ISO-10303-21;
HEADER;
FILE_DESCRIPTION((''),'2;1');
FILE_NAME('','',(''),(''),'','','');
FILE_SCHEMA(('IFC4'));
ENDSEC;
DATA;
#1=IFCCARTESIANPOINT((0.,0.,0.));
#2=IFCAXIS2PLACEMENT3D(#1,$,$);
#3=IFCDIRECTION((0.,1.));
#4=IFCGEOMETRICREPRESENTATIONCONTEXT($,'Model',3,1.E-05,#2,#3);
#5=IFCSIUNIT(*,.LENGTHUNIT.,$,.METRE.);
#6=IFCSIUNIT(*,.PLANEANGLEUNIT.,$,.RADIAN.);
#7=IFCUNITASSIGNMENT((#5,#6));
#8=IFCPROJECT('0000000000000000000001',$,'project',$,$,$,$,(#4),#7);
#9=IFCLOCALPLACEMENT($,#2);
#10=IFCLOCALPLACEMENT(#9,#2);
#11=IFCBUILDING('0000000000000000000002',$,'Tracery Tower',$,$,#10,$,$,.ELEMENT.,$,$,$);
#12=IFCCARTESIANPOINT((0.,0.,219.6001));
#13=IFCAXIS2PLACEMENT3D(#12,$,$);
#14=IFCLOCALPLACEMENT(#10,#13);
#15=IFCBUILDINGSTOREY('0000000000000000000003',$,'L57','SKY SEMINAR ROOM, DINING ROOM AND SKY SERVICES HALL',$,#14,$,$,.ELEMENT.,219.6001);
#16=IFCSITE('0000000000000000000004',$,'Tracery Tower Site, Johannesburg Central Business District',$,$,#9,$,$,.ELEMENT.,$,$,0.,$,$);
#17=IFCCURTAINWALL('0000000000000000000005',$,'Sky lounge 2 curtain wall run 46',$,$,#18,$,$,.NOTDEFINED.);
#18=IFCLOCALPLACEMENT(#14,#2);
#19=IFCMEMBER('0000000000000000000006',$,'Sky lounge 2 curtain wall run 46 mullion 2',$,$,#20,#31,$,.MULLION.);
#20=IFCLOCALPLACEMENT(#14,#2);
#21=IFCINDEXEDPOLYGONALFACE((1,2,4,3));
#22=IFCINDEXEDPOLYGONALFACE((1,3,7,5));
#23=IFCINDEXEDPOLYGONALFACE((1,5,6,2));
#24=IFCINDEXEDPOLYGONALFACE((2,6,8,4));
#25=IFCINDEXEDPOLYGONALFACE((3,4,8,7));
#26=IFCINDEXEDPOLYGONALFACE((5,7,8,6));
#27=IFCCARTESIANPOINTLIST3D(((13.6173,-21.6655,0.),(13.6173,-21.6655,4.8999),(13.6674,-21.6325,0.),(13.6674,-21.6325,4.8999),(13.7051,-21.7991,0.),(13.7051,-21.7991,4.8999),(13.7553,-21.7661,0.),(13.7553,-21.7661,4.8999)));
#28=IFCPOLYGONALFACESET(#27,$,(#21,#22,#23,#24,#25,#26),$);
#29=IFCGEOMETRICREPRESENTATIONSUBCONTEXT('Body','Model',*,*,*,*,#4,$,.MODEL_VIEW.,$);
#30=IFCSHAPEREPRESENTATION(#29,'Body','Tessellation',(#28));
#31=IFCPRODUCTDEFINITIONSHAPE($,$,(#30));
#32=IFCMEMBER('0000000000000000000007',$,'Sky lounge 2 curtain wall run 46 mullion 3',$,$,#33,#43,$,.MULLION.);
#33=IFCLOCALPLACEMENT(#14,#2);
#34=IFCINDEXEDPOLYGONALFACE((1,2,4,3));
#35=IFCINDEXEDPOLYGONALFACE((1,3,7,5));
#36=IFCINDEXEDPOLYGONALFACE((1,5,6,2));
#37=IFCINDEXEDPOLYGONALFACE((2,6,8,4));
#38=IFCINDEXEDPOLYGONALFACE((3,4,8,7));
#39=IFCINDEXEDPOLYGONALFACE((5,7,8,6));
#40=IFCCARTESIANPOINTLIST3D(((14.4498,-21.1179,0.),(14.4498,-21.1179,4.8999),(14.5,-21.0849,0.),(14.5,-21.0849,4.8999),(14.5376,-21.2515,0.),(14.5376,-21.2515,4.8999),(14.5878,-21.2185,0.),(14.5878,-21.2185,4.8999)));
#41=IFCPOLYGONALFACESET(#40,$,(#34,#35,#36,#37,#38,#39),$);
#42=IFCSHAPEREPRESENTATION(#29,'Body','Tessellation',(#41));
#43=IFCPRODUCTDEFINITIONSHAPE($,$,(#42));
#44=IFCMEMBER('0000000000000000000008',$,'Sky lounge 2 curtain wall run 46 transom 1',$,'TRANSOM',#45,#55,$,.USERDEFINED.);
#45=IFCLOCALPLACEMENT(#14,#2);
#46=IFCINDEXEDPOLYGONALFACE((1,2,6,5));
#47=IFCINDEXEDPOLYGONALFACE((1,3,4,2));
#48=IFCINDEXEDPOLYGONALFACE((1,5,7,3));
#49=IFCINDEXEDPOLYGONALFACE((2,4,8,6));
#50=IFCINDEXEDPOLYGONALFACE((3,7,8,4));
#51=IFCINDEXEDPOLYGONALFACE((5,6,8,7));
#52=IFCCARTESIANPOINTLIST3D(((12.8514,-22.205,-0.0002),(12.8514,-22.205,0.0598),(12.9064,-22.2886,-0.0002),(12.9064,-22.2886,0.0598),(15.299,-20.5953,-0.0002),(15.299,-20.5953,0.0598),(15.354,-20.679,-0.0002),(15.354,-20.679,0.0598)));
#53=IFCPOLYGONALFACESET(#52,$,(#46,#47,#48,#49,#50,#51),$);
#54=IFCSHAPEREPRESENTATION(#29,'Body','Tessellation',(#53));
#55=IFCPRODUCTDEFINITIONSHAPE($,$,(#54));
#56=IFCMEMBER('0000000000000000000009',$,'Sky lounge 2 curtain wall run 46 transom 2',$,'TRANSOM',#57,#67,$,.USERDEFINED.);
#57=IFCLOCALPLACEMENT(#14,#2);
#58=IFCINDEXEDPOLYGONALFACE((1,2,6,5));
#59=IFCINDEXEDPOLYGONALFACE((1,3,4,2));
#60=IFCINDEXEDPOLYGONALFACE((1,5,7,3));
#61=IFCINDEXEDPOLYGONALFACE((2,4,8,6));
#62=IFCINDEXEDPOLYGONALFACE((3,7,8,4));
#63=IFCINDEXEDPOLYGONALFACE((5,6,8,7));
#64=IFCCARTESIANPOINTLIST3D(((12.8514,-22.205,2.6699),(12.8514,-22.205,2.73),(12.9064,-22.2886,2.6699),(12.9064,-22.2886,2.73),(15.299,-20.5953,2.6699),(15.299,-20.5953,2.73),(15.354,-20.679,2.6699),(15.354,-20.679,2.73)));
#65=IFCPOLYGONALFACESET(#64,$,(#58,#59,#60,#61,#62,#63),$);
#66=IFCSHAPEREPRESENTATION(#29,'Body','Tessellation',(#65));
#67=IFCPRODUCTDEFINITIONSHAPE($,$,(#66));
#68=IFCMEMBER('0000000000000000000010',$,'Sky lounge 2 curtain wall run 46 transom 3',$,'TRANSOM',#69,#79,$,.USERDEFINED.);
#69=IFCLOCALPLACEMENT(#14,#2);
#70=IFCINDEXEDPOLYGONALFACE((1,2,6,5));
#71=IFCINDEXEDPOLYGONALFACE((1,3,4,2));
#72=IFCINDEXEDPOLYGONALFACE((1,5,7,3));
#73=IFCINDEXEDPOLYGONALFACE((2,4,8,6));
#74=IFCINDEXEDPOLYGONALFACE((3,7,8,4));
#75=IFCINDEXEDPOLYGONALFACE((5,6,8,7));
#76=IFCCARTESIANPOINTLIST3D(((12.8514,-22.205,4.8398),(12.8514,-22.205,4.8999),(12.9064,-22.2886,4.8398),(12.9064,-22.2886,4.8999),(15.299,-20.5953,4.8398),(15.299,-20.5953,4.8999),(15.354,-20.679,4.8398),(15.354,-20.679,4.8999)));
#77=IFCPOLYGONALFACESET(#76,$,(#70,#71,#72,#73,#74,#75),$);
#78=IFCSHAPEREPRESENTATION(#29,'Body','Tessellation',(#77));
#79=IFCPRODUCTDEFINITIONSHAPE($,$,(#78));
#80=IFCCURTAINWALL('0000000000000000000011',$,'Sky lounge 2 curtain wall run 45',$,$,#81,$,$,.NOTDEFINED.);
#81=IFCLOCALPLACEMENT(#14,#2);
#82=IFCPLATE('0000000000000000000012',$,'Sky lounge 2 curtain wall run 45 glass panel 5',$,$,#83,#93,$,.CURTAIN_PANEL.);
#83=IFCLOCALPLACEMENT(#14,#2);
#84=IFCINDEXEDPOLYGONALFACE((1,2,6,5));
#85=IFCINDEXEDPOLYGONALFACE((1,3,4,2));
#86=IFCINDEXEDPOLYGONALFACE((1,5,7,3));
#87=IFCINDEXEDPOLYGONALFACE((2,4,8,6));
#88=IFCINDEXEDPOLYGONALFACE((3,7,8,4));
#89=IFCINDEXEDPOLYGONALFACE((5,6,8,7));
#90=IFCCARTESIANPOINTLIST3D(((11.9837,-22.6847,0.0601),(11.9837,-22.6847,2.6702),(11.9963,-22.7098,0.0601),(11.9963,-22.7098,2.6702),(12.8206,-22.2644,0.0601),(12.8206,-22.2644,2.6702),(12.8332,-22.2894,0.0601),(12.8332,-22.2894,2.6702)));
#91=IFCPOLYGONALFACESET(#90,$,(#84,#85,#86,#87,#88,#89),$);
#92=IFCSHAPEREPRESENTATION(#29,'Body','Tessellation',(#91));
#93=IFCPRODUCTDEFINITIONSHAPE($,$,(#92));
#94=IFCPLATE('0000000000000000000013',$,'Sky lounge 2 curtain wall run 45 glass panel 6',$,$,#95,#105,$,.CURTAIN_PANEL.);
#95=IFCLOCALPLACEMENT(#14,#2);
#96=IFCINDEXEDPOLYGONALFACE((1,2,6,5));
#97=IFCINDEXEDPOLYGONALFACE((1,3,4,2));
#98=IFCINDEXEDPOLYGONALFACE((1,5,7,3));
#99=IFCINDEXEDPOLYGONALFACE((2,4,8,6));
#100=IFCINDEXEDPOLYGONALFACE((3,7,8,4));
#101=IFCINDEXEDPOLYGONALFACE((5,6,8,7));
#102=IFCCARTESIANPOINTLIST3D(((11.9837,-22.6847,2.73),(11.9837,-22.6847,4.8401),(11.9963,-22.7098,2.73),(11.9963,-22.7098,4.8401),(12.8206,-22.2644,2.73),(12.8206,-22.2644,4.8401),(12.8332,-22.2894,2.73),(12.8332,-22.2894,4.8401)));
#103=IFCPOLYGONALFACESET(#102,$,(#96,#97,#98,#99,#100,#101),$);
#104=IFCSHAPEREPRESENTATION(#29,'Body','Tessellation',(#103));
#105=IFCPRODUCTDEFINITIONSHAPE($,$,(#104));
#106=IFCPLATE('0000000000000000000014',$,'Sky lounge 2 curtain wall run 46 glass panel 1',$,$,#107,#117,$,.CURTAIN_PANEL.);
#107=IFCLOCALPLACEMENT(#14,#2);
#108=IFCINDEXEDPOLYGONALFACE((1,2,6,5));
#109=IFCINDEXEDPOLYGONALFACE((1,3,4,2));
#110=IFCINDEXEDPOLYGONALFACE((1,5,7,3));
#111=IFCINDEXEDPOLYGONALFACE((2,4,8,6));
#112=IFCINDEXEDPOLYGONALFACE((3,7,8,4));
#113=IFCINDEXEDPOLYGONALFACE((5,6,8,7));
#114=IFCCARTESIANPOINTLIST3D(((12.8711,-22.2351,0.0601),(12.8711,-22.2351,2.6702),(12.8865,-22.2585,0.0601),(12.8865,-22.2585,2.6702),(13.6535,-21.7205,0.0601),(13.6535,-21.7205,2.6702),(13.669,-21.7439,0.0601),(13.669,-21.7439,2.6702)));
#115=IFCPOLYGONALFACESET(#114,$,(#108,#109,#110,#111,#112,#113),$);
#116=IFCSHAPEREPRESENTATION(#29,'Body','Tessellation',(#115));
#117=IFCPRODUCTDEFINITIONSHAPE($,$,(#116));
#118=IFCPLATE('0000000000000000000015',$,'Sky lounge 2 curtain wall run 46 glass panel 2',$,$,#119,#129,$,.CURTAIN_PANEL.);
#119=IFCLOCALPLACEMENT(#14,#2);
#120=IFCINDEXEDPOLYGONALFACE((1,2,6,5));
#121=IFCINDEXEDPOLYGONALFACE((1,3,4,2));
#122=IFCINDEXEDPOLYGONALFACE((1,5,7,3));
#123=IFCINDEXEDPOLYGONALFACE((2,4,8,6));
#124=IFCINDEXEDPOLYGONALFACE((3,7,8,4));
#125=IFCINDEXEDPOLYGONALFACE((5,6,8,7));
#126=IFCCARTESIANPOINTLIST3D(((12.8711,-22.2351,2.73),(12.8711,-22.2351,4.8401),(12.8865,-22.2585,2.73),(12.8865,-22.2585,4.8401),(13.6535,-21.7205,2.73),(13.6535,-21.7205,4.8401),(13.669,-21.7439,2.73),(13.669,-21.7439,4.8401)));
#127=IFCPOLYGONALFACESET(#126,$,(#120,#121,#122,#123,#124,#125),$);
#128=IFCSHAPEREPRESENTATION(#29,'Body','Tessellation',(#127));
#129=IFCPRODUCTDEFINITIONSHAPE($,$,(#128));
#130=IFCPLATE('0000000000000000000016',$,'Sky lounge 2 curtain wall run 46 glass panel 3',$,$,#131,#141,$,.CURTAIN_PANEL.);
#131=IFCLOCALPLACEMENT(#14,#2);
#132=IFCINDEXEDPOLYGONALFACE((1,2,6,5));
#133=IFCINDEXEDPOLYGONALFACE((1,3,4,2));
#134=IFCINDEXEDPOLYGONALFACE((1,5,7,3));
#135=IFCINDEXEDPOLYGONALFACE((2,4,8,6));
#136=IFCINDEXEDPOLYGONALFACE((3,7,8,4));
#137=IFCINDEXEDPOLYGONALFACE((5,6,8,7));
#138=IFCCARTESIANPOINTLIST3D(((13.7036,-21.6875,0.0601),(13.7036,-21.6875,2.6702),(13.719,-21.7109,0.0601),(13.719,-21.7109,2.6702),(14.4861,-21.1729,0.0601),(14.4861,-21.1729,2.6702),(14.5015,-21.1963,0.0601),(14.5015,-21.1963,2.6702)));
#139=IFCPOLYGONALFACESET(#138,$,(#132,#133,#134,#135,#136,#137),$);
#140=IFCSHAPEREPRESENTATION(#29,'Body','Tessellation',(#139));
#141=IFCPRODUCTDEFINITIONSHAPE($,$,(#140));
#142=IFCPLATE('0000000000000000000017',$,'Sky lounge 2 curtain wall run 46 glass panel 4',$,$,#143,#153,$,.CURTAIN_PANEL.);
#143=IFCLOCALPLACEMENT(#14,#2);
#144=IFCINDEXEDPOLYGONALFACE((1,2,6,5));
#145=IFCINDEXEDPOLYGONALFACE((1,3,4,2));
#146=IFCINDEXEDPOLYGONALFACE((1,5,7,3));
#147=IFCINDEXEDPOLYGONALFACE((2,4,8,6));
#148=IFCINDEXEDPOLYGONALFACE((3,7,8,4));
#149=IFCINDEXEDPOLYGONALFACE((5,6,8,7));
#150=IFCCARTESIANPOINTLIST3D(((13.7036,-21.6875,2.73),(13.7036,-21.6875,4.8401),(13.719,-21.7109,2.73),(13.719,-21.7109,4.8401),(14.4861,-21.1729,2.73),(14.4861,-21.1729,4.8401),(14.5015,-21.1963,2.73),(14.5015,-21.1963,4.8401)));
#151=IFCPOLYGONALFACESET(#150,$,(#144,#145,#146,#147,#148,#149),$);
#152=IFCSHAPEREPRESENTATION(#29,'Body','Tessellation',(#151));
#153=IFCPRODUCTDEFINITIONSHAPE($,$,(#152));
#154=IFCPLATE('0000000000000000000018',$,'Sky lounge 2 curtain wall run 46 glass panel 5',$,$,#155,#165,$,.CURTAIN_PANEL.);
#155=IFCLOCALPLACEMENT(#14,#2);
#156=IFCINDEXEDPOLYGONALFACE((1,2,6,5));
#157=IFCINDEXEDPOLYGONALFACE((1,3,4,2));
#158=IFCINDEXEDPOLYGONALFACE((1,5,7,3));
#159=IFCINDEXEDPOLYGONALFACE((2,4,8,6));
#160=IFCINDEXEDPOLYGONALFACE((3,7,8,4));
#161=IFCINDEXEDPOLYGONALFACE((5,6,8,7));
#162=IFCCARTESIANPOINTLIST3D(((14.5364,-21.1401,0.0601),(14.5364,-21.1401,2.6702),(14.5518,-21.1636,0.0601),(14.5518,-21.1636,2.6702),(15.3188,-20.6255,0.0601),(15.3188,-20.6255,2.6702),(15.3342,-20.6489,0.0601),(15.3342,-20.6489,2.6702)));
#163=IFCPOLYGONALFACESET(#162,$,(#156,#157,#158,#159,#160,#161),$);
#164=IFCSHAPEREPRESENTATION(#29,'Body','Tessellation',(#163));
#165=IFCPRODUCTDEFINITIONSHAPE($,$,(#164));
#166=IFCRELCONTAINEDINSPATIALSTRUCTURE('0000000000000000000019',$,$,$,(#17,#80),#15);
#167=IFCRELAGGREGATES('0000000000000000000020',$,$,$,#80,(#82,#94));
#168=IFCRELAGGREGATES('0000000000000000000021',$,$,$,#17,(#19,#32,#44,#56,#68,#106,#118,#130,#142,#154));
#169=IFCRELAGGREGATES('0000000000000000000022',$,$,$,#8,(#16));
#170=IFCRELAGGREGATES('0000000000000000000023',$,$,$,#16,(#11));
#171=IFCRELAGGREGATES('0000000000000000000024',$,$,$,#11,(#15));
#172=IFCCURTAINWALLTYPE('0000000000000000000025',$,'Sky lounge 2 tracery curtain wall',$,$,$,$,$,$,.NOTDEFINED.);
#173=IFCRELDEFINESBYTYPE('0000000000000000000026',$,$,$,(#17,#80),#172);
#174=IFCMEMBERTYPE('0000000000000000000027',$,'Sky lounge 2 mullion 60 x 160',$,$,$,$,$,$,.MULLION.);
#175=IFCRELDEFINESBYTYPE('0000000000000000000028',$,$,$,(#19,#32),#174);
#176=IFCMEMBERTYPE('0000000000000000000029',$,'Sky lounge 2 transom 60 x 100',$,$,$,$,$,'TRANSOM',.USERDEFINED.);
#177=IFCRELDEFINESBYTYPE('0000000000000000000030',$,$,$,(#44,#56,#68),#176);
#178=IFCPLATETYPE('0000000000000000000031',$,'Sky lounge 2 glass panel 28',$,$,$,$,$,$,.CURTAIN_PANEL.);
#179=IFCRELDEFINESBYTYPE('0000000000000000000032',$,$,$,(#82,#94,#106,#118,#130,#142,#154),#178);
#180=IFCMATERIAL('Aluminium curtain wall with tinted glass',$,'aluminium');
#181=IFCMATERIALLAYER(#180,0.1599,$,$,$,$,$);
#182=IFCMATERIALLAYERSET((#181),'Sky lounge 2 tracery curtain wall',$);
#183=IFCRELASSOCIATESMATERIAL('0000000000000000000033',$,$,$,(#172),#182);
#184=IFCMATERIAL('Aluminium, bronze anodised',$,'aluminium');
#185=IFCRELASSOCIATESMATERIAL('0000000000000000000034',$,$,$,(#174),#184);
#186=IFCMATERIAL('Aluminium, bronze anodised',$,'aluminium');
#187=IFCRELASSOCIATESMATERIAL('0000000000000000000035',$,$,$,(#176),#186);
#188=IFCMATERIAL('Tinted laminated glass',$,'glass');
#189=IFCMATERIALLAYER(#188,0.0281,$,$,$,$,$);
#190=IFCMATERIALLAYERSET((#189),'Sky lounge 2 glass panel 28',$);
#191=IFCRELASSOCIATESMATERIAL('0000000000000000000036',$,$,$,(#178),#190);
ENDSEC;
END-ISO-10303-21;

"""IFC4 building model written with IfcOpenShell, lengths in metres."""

from ifc_helpers import new_model, si_unit, direction, frame, origin, origin_2d, place, context, subcontext, project, spatial, rectangle, extrude, material, layer, layer_set, material_profile, profile_set, type_object, element, aggregate, save


model = new_model("IFC4")

# Units and contexts
model_context = context("Model", 3, precision=1e-05, world=origin(), true_north=direction((0.0, 1.0)))
body_context = subcontext(model_context, "Body", "Model", "MODEL_VIEW")
ifc_project = project(units=[si_unit("LENGTHUNIT", "METRE"), si_unit("PLANEANGLEUNIT", "RADIAN")], contexts=[model_context])

# Site, building, storey
site_placement = place(None, origin())
site = spatial("IfcSite", under=ifc_project, at=site_placement, Name="Tracery Tower Site, Johannesburg Central Business District", CompositionType="ELEMENT", RefElevation=0.0)
building_placement = place(site_placement, origin())
building = spatial("IfcBuilding", under=site, at=building_placement, Name="Tracery Tower", CompositionType="ELEMENT")
storey_placement = place(building_placement, frame((0.0, 0.0, 219.6001)))
storey = spatial("IfcBuildingStorey", under=building, at=storey_placement, Name="L57", Description="SKY SEMINAR ROOM, DINING ROOM AND SKY SERVICES HALL", CompositionType="ELEMENT", Elevation=219.6001)

# Curtain wall, members
ifc_material_1 = material(Name="Aluminium curtain wall with tinted glass", Category="aluminium")
ifc_layer_1 = layer(ifc_material_1, 0.1599)
ifc_layer_set_1 = layer_set([ifc_layer_1], Name="Sky lounge 2 tracery curtain wall")
curtain_wall_type = type_object("IfcCurtainWallType", Name="Sky lounge 2 tracery curtain wall", PredefinedType="NOTDEFINED", material=ifc_layer_set_1)
curtain_wall_1_placement = place(storey_placement, origin())
curtain_wall_1 = element("IfcCurtainWall", 1, at=curtain_wall_1_placement, inside=storey, type_object=curtain_wall_type, Name="Sky lounge 2 curtain wall run 46", PredefinedType="NOTDEFINED")
ifc_material_2 = material(Name="Aluminium, bronze anodised", Category="aluminium")
ifc_material_profile_1 = material_profile(ifc_material_2, rectangle(XDim=0.1599, YDim=0.0601, at=origin_2d()), Name="AL 60x160")
ifc_profile_set_1 = profile_set([ifc_material_profile_1], Name="Aluminium, bronze anodised")
member_type_1 = type_object("IfcMemberType", Name="Sky lounge 2 mullion 60 x 160", PredefinedType="MULLION", material=ifc_profile_set_1)
member_1_placement = place(storey_placement, frame((13.6863, -21.7158, 0.0), z_axis=(0.0, 0.0, 1.0), x_axis=(-0.549509, 0.835488, 0.0)))
member_1 = element("IfcMember", 2, at=member_1_placement, type_object=member_type_1, Name="Sky lounge 2 curtain wall run 46 mullion 2", PredefinedType="MULLION", context=body_context, shape_type="SweptSolid", body=[
    extrude(rectangle(XDim=0.1599, YDim=0.0601, at=origin_2d()), origin(), (0.0, 0.0, 1.0), 4.8999),
])
member_2_placement = place(storey_placement, frame((14.5188, -21.1682, 0.0), z_axis=(0.0, 0.0, 1.0), x_axis=(-0.549509, 0.835488, 0.0)))
member_2 = element("IfcMember", 3, at=member_2_placement, type_object=member_type_1, Name="Sky lounge 2 curtain wall run 46 mullion 3", PredefinedType="MULLION", context=body_context, shape_type="SweptSolid", body=[
    extrude(rectangle(XDim=0.1599, YDim=0.0601, at=origin_2d()), origin(), (0.0, 0.0, 1.0), 4.8999),
])
ifc_material_3 = material(Name="Aluminium, bronze anodised", Category="aluminium")
ifc_material_profile_2 = material_profile(ifc_material_3, rectangle(XDim=0.1001, YDim=0.0601, at=origin_2d()), Name="AL 60x100")
ifc_profile_set_2 = profile_set([ifc_material_profile_2], Name="Aluminium, bronze anodised")
member_type_2 = type_object("IfcMemberType", Name="Sky lounge 2 transom 60 x 100", ElementType="TRANSOM", PredefinedType="USERDEFINED", material=ifc_profile_set_2)
member_3_placement = place(storey_placement, frame((12.8789, -22.2468, 0.0298), z_axis=(0.835509, 0.549477, 0.0), x_axis=(-0.549477, 0.835509, 0.0)))
member_3 = element("IfcMember", 4, at=member_3_placement, type_object=member_type_2, Name="Sky lounge 2 curtain wall run 46 transom 1", ObjectType="TRANSOM", PredefinedType="USERDEFINED", context=body_context, shape_type="SweptSolid", body=[
    extrude(rectangle(XDim=0.1001, YDim=0.0601, at=origin_2d()), origin(), (0.0, 0.0, 1.0), 2.9294),
])
member_4_placement = place(storey_placement, frame((12.8789, -22.2468, 2.7), z_axis=(0.835509, 0.549477, 0.0), x_axis=(-0.549477, 0.835509, 0.0)))
member_4 = element("IfcMember", 5, at=member_4_placement, type_object=member_type_2, Name="Sky lounge 2 curtain wall run 46 transom 2", ObjectType="TRANSOM", PredefinedType="USERDEFINED", context=body_context, shape_type="SweptSolid", body=[
    extrude(rectangle(XDim=0.1001, YDim=0.0601, at=origin_2d()), origin(), (0.0, 0.0, 1.0), 2.9294),
])
member_5_placement = place(storey_placement, frame((12.8789, -22.2468, 4.8699), z_axis=(0.835509, 0.549477, 0.0), x_axis=(-0.549477, 0.835509, 0.0)))
member_5 = element("IfcMember", 6, at=member_5_placement, type_object=member_type_2, Name="Sky lounge 2 curtain wall run 46 transom 3", ObjectType="TRANSOM", PredefinedType="USERDEFINED", context=body_context, shape_type="SweptSolid", body=[
    extrude(rectangle(XDim=0.1001, YDim=0.0601, at=origin_2d()), origin(), (0.0, 0.0, 1.0), 2.9294),
])

# Curtain wall, plates
curtain_wall_2_placement = place(storey_placement, origin())
curtain_wall_2 = element("IfcCurtainWall", 7, at=curtain_wall_2_placement, inside=storey, type_object=curtain_wall_type, Name="Sky lounge 2 curtain wall run 45", PredefinedType="NOTDEFINED")
ifc_material_4 = material(Name="Tinted laminated glass", Category="glass")
ifc_layer_2 = layer(ifc_material_4, 0.0281)
ifc_layer_set_2 = layer_set([ifc_layer_2], Name="Sky lounge 2 glass panel 28")
plate_type = type_object("IfcPlateType", Name="Sky lounge 2 glass panel 28", PredefinedType="CURTAIN_PANEL", material=ifc_layer_set_2)
plate_1_placement = place(storey_placement, frame((12.4084, -22.4871, 0.0601), z_axis=(0.0, 0.0, 1.0), x_axis=(0.893633, 0.448799, 0.0)))
plate_1 = element("IfcPlate", 8, at=plate_1_placement, type_object=plate_type, Name="Sky lounge 2 curtain wall run 45 glass panel 5", PredefinedType="CURTAIN_PANEL", context=body_context, shape_type="SweptSolid", body=[
    extrude(rectangle(XDim=0.9365, YDim=0.0281, at=origin_2d()), origin(), (0.0, 0.0, 1.0), 2.6101),
])
plate_2_placement = place(storey_placement, frame((12.4084, -22.4871, 2.73), z_axis=(0.0, 0.0, 1.0), x_axis=(0.893633, 0.448799, 0.0)))
plate_2 = element("IfcPlate", 9, at=plate_2_placement, type_object=plate_type, Name="Sky lounge 2 curtain wall run 45 glass panel 6", PredefinedType="CURTAIN_PANEL", context=body_context, shape_type="SweptSolid", body=[
    extrude(rectangle(XDim=0.9365, YDim=0.0281, at=origin_2d()), origin(), (0.0, 0.0, 1.0), 2.1101),
])
aggregate(curtain_wall_2, [plate_1, plate_2])

# Plates
plate_3_placement = place(storey_placement, frame((13.27, -21.9895, 0.0601), z_axis=(0.0, 0.0, 1.0), x_axis=(0.835488, 0.549509, 0.0)))
plate_3 = element("IfcPlate", 10, at=plate_3_placement, type_object=plate_type, Name="Sky lounge 2 curtain wall run 46 glass panel 1", PredefinedType="CURTAIN_PANEL", context=body_context, shape_type="SweptSolid", body=[
    extrude(rectangle(XDim=0.9365, YDim=0.0281, at=origin_2d()), origin(), (0.0, 0.0, 1.0), 2.6101),
])
plate_4_placement = place(storey_placement, frame((13.27, -21.9895, 2.73), z_axis=(0.0, 0.0, 1.0), x_axis=(0.835488, 0.549509, 0.0)))
plate_4 = element("IfcPlate", 11, at=plate_4_placement, type_object=plate_type, Name="Sky lounge 2 curtain wall run 46 glass panel 2", PredefinedType="CURTAIN_PANEL", context=body_context, shape_type="SweptSolid", body=[
    extrude(rectangle(XDim=0.9365, YDim=0.0281, at=origin_2d()), origin(), (0.0, 0.0, 1.0), 2.1101),
])
plate_5_placement = place(storey_placement, frame((14.1025, -21.4419, 0.0601), z_axis=(0.0, 0.0, 1.0), x_axis=(0.835488, 0.549509, 0.0)))
plate_5 = element("IfcPlate", 12, at=plate_5_placement, type_object=plate_type, Name="Sky lounge 2 curtain wall run 46 glass panel 3", PredefinedType="CURTAIN_PANEL", context=body_context, shape_type="SweptSolid", body=[
    extrude(rectangle(XDim=0.9365, YDim=0.0281, at=origin_2d()), origin(), (0.0, 0.0, 1.0), 2.6101),
])
plate_6_placement = place(storey_placement, frame((14.1025, -21.4419, 2.73), z_axis=(0.0, 0.0, 1.0), x_axis=(0.835488, 0.549509, 0.0)))
plate_6 = element("IfcPlate", 13, at=plate_6_placement, type_object=plate_type, Name="Sky lounge 2 curtain wall run 46 glass panel 4", PredefinedType="CURTAIN_PANEL", context=body_context, shape_type="SweptSolid", body=[
    extrude(rectangle(XDim=0.9365, YDim=0.0281, at=origin_2d()), origin(), (0.0, 0.0, 1.0), 2.1101),
])
plate_7_placement = place(storey_placement, frame((14.9353, -20.8945, 0.0601), z_axis=(0.0, 0.0, 1.0), x_axis=(0.835488, 0.549509, 0.0)))
plate_7 = element("IfcPlate", 14, at=plate_7_placement, type_object=plate_type, Name="Sky lounge 2 curtain wall run 46 glass panel 5", PredefinedType="CURTAIN_PANEL", context=body_context, shape_type="SweptSolid", body=[
    extrude(rectangle(XDim=0.9365, YDim=0.0281, at=origin_2d()), origin(), (0.0, 0.0, 1.0), 2.6101),
])
aggregate(curtain_wall_1, [member_1, member_2, member_3, member_4, member_5, plate_3, plate_4, plate_5, plate_6, plate_7])

save(model, "model.ifc")
